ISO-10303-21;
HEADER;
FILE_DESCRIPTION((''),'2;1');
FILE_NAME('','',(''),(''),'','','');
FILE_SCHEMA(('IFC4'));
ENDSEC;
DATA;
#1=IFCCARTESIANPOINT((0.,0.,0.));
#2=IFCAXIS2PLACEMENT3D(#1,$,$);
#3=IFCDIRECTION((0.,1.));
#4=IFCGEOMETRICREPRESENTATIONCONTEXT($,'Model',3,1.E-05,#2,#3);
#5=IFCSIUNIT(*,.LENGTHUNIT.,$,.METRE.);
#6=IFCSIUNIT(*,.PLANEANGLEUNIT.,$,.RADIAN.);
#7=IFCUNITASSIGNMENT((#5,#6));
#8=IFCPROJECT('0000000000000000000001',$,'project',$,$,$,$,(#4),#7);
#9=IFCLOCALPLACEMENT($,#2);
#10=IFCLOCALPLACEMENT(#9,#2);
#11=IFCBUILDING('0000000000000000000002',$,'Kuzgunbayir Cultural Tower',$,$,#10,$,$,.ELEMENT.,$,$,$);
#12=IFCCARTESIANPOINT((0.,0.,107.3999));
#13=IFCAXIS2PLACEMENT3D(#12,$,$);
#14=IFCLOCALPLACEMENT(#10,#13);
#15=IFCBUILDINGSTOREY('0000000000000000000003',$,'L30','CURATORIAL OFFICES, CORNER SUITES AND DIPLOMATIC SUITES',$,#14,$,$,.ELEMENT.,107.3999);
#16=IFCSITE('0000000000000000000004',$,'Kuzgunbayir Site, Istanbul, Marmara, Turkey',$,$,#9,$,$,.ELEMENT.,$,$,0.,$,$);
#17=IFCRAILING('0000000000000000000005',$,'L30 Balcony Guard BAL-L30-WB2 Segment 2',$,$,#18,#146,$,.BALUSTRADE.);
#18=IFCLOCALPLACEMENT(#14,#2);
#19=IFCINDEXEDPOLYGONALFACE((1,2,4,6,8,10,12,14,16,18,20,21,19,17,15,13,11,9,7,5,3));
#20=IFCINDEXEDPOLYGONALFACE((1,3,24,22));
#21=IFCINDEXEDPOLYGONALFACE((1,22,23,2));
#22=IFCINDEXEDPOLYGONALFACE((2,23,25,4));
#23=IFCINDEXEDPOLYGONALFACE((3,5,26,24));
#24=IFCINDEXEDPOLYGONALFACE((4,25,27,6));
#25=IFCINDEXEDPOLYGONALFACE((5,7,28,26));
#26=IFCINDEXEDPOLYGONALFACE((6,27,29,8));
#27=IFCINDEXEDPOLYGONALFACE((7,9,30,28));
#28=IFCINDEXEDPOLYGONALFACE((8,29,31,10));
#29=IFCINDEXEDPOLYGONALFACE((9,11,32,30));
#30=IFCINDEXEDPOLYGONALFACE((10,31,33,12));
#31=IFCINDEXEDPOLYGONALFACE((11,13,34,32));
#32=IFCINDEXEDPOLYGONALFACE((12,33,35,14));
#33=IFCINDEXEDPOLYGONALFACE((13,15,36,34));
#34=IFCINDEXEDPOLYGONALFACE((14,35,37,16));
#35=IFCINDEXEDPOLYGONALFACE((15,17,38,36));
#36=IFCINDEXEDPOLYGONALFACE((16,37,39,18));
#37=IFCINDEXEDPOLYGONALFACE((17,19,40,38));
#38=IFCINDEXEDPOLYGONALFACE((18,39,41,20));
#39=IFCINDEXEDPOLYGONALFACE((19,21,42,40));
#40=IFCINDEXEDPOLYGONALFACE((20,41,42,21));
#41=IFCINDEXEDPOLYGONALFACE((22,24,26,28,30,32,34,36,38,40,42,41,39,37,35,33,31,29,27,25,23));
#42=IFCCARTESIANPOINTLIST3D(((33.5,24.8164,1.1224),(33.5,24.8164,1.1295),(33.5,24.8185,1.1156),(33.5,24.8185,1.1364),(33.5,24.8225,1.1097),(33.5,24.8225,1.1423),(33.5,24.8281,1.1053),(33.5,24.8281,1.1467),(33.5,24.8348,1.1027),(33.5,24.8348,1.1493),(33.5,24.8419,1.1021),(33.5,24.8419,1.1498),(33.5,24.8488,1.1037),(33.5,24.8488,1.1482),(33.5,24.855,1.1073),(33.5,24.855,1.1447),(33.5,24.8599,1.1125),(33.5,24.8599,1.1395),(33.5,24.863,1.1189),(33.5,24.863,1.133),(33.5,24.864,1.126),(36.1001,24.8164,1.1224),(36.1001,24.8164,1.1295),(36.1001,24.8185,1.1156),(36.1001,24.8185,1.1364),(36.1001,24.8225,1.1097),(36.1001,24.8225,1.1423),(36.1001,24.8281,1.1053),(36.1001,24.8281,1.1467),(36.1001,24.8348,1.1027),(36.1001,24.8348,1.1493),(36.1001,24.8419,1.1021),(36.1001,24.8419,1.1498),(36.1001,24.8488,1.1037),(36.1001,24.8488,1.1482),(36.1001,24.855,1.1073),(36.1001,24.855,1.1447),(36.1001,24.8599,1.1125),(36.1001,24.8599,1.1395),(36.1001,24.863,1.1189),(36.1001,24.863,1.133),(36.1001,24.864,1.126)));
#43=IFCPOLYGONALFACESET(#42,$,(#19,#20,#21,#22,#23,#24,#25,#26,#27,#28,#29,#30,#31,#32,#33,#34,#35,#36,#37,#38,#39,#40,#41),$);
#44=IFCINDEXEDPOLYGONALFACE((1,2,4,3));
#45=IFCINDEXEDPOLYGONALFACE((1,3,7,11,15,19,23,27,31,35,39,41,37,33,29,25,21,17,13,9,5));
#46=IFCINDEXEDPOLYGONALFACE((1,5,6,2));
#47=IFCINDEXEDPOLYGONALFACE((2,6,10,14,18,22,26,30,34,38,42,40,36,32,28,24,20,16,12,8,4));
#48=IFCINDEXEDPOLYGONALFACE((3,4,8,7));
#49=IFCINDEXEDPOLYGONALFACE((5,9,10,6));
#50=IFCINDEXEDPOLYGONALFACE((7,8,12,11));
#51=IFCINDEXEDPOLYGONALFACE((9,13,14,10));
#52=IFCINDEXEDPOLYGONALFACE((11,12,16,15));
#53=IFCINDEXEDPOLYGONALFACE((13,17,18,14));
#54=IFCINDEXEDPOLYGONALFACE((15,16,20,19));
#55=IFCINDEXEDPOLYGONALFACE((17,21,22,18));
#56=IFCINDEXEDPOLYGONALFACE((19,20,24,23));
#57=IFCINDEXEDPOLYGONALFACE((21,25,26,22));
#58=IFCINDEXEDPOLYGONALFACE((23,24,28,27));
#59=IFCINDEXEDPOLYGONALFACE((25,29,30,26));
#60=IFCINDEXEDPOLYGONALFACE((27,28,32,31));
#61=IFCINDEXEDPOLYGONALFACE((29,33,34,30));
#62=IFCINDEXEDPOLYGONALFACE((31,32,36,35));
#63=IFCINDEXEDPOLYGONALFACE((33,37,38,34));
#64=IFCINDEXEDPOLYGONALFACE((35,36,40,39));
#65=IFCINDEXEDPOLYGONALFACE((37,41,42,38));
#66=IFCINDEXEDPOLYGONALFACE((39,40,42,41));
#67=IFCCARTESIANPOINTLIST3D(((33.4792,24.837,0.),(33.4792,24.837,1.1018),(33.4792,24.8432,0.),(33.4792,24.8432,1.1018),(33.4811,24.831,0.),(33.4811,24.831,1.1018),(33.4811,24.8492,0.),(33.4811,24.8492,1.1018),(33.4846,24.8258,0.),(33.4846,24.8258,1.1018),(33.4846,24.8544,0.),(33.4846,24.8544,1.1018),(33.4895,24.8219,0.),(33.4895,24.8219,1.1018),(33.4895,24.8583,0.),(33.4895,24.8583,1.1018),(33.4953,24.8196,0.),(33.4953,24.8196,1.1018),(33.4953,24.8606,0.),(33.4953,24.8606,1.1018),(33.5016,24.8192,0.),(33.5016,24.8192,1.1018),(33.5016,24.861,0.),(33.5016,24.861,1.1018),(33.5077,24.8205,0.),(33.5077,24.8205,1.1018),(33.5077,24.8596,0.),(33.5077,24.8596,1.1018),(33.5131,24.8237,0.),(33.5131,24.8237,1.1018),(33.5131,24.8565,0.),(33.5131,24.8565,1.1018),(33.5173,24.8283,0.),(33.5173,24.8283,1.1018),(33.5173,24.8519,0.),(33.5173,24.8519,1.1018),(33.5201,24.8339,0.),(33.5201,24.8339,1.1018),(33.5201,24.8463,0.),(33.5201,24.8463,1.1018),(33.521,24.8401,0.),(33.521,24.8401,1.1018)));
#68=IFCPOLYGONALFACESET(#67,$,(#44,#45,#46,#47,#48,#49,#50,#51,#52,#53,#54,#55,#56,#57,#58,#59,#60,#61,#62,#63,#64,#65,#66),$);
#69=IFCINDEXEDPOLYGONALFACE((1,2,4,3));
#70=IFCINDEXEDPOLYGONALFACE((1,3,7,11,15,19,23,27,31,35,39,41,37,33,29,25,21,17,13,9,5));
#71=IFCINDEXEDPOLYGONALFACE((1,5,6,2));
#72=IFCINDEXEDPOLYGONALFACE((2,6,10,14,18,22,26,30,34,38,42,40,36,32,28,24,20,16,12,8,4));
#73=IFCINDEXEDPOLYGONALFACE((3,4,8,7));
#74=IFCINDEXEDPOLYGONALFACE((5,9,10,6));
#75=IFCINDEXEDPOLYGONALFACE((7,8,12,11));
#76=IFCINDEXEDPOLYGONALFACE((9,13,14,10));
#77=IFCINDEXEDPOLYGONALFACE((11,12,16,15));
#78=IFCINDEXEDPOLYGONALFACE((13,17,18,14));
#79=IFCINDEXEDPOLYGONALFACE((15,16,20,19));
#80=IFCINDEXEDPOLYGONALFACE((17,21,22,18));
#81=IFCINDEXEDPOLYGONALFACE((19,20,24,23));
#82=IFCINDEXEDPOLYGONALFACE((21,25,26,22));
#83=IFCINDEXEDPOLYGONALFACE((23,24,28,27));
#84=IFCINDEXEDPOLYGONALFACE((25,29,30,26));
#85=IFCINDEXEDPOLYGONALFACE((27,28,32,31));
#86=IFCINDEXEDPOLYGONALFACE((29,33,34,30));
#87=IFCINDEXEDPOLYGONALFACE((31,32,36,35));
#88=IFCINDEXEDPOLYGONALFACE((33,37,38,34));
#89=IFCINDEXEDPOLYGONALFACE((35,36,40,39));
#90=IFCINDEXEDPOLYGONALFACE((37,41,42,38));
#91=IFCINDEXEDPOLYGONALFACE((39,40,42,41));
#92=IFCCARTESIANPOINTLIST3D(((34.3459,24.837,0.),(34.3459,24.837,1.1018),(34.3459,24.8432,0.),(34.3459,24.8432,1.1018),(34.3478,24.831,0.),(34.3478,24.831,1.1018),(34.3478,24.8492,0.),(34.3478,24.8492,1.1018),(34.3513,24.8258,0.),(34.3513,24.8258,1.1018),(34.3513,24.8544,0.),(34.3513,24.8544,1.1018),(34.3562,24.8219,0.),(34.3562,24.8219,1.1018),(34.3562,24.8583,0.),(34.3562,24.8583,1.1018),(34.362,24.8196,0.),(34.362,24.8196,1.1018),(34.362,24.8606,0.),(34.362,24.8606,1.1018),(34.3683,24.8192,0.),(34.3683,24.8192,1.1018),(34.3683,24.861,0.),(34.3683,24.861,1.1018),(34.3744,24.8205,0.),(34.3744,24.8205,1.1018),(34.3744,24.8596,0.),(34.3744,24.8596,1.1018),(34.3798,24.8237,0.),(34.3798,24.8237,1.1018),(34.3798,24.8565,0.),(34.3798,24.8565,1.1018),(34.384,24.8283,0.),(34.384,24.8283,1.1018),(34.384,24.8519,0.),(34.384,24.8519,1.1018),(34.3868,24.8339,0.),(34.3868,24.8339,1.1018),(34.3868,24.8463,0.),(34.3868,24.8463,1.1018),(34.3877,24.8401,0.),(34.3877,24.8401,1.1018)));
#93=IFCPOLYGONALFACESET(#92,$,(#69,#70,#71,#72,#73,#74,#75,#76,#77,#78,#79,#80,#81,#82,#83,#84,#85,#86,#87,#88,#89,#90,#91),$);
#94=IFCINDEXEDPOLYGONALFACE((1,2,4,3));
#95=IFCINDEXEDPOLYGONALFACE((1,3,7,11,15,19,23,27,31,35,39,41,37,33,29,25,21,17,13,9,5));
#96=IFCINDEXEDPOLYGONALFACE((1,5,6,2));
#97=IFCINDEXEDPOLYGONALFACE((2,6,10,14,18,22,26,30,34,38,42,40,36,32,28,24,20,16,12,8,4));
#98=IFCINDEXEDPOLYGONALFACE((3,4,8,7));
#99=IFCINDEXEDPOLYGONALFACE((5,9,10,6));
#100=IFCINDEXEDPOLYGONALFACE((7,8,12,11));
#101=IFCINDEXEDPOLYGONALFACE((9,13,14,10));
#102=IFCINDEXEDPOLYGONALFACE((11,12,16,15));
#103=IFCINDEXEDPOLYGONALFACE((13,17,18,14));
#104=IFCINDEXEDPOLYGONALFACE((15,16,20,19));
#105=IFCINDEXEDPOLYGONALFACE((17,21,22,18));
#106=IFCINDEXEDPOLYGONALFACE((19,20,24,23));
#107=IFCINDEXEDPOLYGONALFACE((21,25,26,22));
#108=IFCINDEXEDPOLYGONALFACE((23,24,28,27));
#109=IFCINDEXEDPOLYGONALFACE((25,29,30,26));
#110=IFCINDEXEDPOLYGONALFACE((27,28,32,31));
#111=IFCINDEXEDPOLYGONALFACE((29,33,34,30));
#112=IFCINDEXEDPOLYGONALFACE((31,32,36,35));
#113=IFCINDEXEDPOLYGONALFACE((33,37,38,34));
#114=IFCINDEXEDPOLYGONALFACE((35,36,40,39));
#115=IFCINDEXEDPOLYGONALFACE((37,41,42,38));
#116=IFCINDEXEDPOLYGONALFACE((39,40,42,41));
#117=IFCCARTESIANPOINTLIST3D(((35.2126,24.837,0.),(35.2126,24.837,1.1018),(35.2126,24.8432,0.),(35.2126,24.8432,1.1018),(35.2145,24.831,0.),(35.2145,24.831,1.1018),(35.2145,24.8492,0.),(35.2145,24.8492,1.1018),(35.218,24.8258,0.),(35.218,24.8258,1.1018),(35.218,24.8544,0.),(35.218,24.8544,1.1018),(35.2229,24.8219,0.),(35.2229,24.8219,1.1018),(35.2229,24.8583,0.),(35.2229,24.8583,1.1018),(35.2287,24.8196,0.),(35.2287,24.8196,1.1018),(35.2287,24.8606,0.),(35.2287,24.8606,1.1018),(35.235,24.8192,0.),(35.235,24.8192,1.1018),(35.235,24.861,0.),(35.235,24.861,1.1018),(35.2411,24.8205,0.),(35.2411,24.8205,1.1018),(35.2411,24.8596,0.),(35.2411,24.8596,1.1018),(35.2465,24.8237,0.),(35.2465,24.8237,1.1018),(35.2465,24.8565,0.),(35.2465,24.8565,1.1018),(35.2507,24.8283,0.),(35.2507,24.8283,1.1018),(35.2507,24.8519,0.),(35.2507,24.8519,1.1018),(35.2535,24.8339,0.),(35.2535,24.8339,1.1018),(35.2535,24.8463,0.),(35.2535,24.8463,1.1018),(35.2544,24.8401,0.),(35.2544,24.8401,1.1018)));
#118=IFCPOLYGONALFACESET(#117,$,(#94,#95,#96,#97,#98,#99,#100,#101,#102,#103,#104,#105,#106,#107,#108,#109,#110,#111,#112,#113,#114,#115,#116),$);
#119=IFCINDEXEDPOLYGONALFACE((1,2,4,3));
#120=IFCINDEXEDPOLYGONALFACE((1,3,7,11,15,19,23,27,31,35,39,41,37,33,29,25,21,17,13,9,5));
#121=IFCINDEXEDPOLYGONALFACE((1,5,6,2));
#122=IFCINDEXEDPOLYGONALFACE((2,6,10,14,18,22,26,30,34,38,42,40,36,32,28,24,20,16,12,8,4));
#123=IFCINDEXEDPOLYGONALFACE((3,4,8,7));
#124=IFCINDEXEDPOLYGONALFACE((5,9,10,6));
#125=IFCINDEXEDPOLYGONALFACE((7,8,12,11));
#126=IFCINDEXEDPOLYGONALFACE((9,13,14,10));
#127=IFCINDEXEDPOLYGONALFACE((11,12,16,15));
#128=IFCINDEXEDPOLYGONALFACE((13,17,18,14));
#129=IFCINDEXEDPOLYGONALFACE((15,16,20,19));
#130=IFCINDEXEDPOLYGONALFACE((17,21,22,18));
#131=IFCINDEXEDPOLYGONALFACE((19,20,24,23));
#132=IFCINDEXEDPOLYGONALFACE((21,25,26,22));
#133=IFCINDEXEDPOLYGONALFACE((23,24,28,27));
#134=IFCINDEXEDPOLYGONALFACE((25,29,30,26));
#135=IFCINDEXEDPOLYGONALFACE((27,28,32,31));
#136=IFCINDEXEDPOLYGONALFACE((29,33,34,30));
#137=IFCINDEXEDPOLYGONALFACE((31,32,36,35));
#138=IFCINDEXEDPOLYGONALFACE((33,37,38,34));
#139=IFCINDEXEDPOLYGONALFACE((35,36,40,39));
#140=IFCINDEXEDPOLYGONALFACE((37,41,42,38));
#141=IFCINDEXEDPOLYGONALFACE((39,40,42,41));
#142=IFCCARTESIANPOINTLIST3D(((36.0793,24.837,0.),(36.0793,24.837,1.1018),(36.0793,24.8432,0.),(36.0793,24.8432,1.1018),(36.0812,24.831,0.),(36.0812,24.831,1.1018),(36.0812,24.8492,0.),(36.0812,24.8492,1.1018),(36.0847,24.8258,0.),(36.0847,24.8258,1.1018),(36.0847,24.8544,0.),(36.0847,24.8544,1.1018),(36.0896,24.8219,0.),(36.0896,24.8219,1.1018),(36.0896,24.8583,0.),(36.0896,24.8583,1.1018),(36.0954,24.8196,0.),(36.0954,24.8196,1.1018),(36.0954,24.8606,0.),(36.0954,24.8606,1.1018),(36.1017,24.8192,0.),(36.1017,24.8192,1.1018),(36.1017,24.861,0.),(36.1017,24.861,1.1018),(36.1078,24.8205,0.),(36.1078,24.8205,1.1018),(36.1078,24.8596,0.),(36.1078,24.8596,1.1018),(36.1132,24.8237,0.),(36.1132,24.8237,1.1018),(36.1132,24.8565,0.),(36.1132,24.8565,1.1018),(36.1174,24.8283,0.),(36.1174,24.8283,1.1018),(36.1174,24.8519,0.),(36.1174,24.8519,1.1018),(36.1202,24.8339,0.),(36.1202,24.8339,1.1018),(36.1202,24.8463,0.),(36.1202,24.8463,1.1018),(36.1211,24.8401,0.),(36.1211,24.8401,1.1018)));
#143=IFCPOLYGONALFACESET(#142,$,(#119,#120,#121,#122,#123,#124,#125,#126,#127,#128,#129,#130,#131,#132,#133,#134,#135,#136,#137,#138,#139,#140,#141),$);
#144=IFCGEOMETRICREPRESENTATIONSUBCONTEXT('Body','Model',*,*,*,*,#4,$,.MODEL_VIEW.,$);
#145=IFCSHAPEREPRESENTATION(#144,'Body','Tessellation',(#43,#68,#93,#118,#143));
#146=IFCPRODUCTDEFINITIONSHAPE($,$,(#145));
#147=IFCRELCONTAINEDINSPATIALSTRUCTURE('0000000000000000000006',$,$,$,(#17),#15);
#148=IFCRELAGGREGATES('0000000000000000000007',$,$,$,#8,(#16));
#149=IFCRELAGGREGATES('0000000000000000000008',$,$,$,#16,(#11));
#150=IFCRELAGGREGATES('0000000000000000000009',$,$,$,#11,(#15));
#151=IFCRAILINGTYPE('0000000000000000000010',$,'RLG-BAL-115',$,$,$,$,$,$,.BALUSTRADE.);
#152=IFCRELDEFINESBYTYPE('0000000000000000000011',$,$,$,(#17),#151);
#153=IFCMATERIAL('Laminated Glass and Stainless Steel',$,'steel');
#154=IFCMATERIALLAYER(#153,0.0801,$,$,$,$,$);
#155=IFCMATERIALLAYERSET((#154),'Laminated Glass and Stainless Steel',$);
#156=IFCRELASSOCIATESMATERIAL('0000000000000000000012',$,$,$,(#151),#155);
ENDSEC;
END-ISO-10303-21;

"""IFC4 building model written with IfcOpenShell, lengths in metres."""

from ifc_helpers import new_model, si_unit, direction, frame, origin, origin_2d, place, context, subcontext, project, spatial, circle, extrude, material, layer, layer_set, type_object, element, save


model = new_model("IFC4")

# Units and contexts
model_context = context("Model", 3, precision=1e-05, world=origin(), true_north=direction((0.0, 1.0)))
body_context = subcontext(model_context, "Body", "Model", "MODEL_VIEW")
ifc_project = project(units=[si_unit("LENGTHUNIT", "METRE"), si_unit("PLANEANGLEUNIT", "RADIAN")], contexts=[model_context])

# Site, building, storey
site_placement = place(None, origin())
site = spatial("IfcSite", under=ifc_project, at=site_placement, Name="Kuzgunbayir Site, Istanbul, Marmara, Turkey", CompositionType="ELEMENT", RefElevation=0.0)
building_placement = place(site_placement, origin())
building = spatial("IfcBuilding", under=site, at=building_placement, Name="Kuzgunbayir Cultural Tower", CompositionType="ELEMENT")
storey_placement = place(building_placement, frame((0.0, 0.0, 107.3999)))
storey = spatial("IfcBuildingStorey", under=building, at=storey_placement, Name="L30", Description="CURATORIAL OFFICES, CORNER SUITES AND DIPLOMATIC SUITES", CompositionType="ELEMENT", Elevation=107.3999)

# Railing
ifc_material_1 = material(Name="Laminated Glass and Stainless Steel", Category="steel")
ifc_layer_1 = layer(ifc_material_1, 0.0801)
ifc_layer_set_1 = layer_set([ifc_layer_1], Name="Laminated Glass and Stainless Steel")
railing_type = type_object("IfcRailingType", Name="RLG-BAL-115", PredefinedType="BALUSTRADE", material=ifc_layer_set_1)
railing_1_placement = place(storey_placement, frame((33.5, 24.8401, 0.0)))
element("IfcRailing", 1, at=railing_1_placement, inside=storey, type_object=railing_type, Name="L30 Balcony Guard BAL-L30-WB2 Segment 2", PredefinedType="BALUSTRADE", context=body_context, shape_type="SweptSolid", body=[
    extrude(circle(Radius=0.0239, at=origin_2d()), frame((0.0, 0.0, 1.126), z_axis=(1.0, 0.0, 0.0), x_axis=(0.0, 1.0, 0.0)), (0.0, 0.0, 1.0), 2.6001),
    extrude(circle(Radius=0.021, at=origin_2d()), origin(), (0.0, 0.0, 1.0), 1.1018),
    extrude(circle(Radius=0.021, at=origin_2d()), frame((0.8667, 0.0, 0.0)), (0.0, 0.0, 1.0), 1.1018),
    extrude(circle(Radius=0.021, at=origin_2d()), frame((1.7334, 0.0, 0.0)), (0.0, 0.0, 1.0), 1.1018),
    extrude(circle(Radius=0.021, at=origin_2d()), frame((2.6001, 0.0, 0.0)), (0.0, 0.0, 1.0), 1.1018),
])

save(model, "model.ifc")
